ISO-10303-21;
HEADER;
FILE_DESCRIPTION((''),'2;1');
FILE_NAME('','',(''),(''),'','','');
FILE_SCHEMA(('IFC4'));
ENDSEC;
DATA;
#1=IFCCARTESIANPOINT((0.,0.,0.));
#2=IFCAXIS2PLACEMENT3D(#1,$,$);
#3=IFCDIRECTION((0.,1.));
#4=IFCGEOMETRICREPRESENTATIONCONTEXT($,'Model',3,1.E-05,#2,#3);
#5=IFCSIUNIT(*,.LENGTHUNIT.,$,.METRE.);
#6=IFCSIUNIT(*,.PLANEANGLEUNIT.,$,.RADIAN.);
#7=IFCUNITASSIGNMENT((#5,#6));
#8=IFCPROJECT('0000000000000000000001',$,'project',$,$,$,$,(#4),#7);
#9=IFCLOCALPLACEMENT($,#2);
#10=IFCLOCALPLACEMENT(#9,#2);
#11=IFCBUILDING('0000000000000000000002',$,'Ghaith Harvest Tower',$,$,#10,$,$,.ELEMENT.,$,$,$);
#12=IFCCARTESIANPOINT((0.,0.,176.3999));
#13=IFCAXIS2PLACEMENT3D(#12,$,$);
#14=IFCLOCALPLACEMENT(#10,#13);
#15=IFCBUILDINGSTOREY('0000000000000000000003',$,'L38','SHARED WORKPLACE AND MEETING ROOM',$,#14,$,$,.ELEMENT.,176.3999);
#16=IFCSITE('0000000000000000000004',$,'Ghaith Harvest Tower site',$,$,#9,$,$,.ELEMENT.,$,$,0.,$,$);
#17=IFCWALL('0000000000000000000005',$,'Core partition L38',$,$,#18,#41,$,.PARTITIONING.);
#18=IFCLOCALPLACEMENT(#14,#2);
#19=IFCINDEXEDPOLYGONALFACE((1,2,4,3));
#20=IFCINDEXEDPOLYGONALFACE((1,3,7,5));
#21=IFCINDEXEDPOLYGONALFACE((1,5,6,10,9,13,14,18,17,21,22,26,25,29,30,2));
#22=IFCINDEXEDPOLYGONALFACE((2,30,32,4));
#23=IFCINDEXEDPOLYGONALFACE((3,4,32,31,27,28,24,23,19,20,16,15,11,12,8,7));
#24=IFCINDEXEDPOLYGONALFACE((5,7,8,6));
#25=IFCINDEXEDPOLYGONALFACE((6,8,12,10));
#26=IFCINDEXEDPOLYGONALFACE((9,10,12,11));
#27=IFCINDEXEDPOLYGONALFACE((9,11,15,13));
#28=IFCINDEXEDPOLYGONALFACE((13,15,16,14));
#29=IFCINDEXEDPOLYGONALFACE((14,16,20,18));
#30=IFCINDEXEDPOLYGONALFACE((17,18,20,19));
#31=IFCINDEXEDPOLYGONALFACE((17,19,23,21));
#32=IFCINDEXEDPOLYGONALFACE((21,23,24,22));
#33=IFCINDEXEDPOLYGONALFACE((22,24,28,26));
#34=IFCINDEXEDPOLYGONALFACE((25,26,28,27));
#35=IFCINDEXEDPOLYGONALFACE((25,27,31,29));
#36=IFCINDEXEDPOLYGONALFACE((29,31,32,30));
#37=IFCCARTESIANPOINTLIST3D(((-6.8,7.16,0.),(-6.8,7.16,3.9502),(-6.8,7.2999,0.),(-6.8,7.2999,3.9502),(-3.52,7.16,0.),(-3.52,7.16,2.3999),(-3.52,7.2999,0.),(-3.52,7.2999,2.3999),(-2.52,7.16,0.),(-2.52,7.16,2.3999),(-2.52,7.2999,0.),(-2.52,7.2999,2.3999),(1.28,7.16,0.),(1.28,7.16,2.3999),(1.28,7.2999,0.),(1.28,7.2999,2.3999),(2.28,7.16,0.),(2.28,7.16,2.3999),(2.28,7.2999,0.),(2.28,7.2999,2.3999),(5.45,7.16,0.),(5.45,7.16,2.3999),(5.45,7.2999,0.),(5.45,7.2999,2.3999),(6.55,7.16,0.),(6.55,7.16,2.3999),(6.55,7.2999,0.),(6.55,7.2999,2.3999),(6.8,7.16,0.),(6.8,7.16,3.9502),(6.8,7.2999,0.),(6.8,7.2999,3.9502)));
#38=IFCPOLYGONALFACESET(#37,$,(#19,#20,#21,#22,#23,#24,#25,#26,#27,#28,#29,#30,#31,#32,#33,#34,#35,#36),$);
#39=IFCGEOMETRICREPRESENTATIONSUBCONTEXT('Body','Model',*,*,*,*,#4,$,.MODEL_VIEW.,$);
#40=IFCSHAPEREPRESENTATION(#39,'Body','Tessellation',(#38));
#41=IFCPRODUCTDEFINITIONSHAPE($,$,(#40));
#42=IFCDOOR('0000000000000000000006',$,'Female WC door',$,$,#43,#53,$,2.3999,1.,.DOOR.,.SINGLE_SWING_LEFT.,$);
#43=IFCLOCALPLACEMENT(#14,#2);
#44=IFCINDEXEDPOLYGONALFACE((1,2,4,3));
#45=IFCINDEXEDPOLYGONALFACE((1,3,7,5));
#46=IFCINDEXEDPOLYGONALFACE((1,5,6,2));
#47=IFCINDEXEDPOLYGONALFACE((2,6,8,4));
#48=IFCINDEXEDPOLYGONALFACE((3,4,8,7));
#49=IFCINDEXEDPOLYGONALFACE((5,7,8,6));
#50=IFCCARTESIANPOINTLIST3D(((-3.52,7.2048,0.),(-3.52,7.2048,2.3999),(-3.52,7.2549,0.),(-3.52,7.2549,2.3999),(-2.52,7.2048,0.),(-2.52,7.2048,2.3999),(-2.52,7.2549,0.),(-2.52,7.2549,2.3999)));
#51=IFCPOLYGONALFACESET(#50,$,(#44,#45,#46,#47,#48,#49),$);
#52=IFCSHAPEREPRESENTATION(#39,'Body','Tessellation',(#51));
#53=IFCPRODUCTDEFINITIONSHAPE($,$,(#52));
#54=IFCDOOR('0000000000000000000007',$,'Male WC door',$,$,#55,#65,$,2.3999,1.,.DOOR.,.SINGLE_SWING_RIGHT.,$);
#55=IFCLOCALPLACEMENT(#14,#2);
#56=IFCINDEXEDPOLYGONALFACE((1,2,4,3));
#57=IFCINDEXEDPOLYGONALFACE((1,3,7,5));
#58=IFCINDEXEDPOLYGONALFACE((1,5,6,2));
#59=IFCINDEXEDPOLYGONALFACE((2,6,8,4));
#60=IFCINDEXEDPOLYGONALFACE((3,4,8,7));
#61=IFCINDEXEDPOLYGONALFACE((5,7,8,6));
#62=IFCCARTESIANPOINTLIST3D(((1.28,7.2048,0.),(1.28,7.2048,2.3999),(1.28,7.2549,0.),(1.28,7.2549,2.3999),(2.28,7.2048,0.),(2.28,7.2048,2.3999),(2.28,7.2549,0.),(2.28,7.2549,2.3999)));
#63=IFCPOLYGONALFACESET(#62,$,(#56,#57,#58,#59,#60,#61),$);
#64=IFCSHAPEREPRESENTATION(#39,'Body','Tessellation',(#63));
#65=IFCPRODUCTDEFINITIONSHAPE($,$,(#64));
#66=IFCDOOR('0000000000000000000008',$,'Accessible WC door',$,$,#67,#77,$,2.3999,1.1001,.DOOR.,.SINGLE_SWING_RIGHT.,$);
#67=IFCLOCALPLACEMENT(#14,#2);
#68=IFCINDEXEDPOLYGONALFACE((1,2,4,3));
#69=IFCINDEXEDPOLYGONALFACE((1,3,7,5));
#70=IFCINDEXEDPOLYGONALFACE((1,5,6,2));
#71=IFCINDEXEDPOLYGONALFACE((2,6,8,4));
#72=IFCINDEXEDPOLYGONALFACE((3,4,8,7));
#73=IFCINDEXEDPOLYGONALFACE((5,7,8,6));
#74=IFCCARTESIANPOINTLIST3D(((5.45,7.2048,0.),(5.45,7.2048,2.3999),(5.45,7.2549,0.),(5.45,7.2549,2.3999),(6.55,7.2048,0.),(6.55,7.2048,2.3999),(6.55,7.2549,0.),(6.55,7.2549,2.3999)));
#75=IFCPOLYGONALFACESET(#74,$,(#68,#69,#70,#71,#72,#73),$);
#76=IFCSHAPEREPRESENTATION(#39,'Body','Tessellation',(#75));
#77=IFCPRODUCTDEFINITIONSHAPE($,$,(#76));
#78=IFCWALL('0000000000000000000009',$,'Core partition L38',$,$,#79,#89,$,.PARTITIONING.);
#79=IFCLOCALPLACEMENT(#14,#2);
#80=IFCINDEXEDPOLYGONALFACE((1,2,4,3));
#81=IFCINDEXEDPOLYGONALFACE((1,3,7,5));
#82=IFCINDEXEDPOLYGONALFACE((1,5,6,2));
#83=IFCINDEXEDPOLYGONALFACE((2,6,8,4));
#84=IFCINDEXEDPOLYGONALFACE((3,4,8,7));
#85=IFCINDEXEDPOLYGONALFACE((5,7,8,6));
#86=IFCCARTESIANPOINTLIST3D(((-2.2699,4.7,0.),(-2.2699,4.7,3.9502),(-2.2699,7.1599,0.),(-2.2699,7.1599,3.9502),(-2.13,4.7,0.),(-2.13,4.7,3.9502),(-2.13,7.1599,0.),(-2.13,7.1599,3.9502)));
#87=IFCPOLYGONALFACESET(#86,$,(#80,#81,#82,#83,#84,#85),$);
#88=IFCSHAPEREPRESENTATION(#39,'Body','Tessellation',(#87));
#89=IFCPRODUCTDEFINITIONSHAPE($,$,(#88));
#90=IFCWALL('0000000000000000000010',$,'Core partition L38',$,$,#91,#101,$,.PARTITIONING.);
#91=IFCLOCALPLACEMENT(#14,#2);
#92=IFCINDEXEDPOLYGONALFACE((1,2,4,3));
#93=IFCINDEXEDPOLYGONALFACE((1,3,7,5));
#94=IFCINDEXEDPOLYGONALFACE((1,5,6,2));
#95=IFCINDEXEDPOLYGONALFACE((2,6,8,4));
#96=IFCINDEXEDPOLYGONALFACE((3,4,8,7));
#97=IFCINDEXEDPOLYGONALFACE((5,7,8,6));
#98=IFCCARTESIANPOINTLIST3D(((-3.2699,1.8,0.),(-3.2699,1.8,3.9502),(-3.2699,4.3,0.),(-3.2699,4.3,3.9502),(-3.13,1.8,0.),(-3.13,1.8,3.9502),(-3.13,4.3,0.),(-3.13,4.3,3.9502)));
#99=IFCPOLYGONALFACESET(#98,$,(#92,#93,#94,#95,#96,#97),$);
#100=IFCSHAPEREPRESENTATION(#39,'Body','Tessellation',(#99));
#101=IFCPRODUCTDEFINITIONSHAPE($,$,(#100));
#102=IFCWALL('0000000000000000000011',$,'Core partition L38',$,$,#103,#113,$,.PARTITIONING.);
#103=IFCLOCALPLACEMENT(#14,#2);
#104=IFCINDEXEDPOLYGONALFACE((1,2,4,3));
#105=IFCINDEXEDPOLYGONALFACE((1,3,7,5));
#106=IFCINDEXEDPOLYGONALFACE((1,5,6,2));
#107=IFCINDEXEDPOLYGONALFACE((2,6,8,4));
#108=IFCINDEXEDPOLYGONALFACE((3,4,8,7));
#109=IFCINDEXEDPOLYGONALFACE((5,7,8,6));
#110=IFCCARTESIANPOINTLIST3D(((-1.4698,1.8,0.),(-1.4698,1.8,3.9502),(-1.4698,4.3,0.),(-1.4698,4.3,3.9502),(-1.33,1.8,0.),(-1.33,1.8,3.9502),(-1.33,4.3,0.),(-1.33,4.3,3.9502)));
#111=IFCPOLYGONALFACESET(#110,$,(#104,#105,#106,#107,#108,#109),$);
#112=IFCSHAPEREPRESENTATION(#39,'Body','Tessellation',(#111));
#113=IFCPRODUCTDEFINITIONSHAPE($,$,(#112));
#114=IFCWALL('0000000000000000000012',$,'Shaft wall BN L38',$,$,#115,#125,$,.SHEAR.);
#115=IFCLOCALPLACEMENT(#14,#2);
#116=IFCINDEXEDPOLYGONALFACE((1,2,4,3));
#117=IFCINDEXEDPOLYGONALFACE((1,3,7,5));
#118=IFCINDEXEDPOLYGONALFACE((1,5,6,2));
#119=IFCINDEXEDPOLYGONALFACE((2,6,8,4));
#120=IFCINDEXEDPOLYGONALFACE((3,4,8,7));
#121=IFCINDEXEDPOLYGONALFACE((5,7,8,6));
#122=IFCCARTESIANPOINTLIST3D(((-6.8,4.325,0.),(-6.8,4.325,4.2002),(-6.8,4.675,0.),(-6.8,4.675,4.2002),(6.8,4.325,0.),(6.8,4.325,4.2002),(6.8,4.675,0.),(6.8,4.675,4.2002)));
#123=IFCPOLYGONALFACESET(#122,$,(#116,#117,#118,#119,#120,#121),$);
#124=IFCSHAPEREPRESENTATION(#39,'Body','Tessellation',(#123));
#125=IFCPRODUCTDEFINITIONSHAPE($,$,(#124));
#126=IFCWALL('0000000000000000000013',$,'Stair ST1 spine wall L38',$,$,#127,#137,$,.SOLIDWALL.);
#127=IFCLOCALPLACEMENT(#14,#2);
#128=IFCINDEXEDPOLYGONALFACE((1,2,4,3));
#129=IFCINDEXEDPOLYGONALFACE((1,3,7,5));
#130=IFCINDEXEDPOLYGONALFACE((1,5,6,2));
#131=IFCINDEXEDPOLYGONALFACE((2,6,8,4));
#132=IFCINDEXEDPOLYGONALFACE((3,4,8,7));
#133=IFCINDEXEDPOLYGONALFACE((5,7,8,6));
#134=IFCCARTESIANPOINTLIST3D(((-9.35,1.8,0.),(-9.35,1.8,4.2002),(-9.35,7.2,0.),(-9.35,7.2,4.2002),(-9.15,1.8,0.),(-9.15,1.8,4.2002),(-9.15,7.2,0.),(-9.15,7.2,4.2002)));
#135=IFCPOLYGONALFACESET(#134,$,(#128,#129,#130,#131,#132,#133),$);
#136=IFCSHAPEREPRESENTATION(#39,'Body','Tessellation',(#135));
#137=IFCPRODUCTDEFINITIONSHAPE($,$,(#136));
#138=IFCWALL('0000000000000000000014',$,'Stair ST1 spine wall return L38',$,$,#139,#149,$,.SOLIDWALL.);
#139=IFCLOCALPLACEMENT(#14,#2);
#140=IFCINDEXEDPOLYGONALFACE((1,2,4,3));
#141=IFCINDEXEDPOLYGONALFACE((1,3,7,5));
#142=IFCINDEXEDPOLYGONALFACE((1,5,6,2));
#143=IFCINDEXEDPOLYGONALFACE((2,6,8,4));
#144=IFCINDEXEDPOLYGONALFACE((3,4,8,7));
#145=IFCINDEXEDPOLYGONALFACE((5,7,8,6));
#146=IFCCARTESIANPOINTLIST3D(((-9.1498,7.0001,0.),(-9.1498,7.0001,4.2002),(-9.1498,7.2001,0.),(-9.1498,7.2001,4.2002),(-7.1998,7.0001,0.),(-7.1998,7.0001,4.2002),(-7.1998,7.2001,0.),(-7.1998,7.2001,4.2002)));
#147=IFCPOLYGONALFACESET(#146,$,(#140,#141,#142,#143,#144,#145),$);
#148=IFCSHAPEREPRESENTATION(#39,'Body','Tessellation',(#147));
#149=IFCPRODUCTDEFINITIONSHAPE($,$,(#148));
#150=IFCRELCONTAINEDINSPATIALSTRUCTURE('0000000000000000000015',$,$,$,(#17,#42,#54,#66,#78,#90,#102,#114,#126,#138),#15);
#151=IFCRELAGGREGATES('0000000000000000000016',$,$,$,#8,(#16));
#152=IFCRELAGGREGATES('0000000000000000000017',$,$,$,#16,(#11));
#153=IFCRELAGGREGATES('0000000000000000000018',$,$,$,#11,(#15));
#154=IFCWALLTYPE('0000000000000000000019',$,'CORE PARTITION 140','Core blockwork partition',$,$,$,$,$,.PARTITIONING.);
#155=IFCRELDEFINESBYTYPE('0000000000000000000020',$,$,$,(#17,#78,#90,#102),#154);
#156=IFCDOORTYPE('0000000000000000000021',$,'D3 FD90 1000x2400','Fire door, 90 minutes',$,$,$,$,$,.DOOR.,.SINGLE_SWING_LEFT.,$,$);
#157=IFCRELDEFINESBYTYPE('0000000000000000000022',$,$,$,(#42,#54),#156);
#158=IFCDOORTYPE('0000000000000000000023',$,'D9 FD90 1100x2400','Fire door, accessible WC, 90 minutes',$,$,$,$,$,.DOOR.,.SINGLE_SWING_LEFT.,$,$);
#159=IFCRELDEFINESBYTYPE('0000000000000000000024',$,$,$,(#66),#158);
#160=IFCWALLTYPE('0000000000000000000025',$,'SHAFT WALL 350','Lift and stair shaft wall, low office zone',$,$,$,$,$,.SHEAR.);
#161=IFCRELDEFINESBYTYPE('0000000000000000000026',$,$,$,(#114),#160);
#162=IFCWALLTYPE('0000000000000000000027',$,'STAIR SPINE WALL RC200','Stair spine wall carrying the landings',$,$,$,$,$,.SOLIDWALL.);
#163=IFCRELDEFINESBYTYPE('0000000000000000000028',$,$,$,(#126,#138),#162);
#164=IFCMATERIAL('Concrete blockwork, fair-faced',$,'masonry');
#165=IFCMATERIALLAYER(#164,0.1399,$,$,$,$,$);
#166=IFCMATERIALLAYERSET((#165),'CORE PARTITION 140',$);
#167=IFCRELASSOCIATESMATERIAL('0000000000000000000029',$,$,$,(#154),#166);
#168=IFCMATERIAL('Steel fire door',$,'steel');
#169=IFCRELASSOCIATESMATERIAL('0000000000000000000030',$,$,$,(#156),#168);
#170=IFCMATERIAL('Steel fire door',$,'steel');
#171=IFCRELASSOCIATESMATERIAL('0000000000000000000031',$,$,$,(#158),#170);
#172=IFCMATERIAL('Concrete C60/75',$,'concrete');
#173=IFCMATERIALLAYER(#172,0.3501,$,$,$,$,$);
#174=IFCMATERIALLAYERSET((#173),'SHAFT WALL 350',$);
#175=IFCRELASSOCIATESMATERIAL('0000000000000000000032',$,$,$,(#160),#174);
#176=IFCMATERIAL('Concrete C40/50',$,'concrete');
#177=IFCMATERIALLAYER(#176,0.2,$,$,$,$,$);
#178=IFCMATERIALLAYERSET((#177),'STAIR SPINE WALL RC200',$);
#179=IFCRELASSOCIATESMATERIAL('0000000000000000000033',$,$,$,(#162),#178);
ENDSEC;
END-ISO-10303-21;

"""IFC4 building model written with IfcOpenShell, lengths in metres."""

from ifc_helpers import new_model, si_unit, direction, frame, frame_2d, origin, place, context, subcontext, project, spatial, rectangle, extrude, material, layer, layer_set, type_object, element, fill, save


model = new_model("IFC4")

# Units and contexts
model_context = context("Model", 3, precision=1e-05, world=origin(), true_north=direction((0.0, 1.0)))
body_context = subcontext(model_context, "Body", "Model", "MODEL_VIEW")
ifc_project = project(units=[si_unit("LENGTHUNIT", "METRE"), si_unit("PLANEANGLEUNIT", "RADIAN")], contexts=[model_context])

# Site, building, storey
site_placement = place(None, origin())
site = spatial("IfcSite", under=ifc_project, at=site_placement, Name="Ghaith Harvest Tower site", CompositionType="ELEMENT", RefElevation=0.0)
building_placement = place(site_placement, origin())
building = spatial("IfcBuilding", under=site, at=building_placement, Name="Ghaith Harvest Tower", CompositionType="ELEMENT")
storey_placement = place(building_placement, frame((0.0, 0.0, 176.3999)))
storey = spatial("IfcBuildingStorey", under=building, at=storey_placement, Name="L38", Description="SHARED WORKPLACE AND MEETING ROOM", CompositionType="ELEMENT", Elevation=176.3999)

# Wall, openings, doors
ifc_material_1 = material(Name="Concrete blockwork, fair-faced", Category="masonry")
ifc_layer_1 = layer(ifc_material_1, 0.1399)
ifc_layer_set_1 = layer_set([ifc_layer_1], Name="CORE PARTITION 140")
wall_type_1 = type_object("IfcWallType", Name="CORE PARTITION 140", Description="Core blockwork partition", PredefinedType="PARTITIONING", material=ifc_layer_set_1)
wall_1_placement = place(storey_placement, frame((-6.8, 7.23, 0.0), z_axis=(0.0, 0.0, 1.0), x_axis=(1.0, 0.0, 0.0)))
wall_1 = element("IfcWall", 1, at=wall_1_placement, inside=storey, type_object=wall_type_1, Name="Core partition L38", PredefinedType="PARTITIONING", context=body_context, shape_type="SweptSolid", body=[
    extrude(rectangle(XDim=13.6001, YDim=0.1399, at=frame_2d((6.8, 0.0))), origin(), (0.0, 0.0, 1.0), 3.9502),
])
opening_1_placement = place(wall_1_placement, frame((3.28, 0.0, 0.0)))
opening_1 = element("IfcOpeningElement", 2, at=opening_1_placement, cuts=wall_1, PredefinedType="OPENING", context=body_context, shape_type="SweptSolid", body=[
    extrude(rectangle(XDim=1.0, YDim=2.3999, at=frame_2d((0.5, 1.2))), frame((0.0, 0.0801, 0.0), z_axis=(0.0, -1.0, 0.0), x_axis=(1.0, 0.0, 0.0)), (0.0, 0.0, 1.0), 0.1599),
])
opening_2_placement = place(wall_1_placement, frame((8.0801, 0.0, 0.0)))
opening_2 = element("IfcOpeningElement", 3, at=opening_2_placement, cuts=wall_1, PredefinedType="OPENING", context=body_context, shape_type="SweptSolid", body=[
    extrude(rectangle(XDim=1.0, YDim=2.3999, at=frame_2d((0.5, 1.2))), frame((0.0, 0.0801, 0.0), z_axis=(0.0, -1.0, 0.0), x_axis=(1.0, 0.0, 0.0)), (0.0, 0.0, 1.0), 0.1599),
])
opening_3_placement = place(wall_1_placement, frame((12.25, 0.0, 0.0)))
opening_3 = element("IfcOpeningElement", 4, at=opening_3_placement, cuts=wall_1, PredefinedType="OPENING", context=body_context, shape_type="SweptSolid", body=[
    extrude(rectangle(XDim=1.1001, YDim=2.3999, at=frame_2d((0.55, 1.2))), frame((0.0, 0.0801, 0.0), z_axis=(0.0, -1.0, 0.0), x_axis=(1.0, 0.0, 0.0)), (0.0, 0.0, 1.0), 0.1599),
])
ifc_material_2 = material(Name="Steel fire door", Category="steel")
door_type_1 = type_object("IfcDoorType", Name="D3 FD90 1000x2400", Description="Fire door, 90 minutes", OperationType="SINGLE_SWING_LEFT", PredefinedType="DOOR", material=ifc_material_2)
door_1_placement = place(opening_1_placement, origin())
door_1 = element("IfcDoor", 5, at=door_1_placement, inside=storey, type_object=door_type_1, Name="Female WC door", OperationType="SINGLE_SWING_LEFT", OverallHeight=2.3999, OverallWidth=1.0, PredefinedType="DOOR", context=body_context, shape_type="SweptSolid", body=[
    extrude(rectangle(XDim=1.0, YDim=2.3999, at=frame_2d((0.5, 1.2))), frame((0.0, 0.0249, 0.0), z_axis=(0.0, -1.0, 0.0), x_axis=(1.0, 0.0, 0.0)), (0.0, 0.0, 1.0), 0.05),
])
fill(opening_1, door_1)
door_2_placement = place(opening_2_placement, origin())
door_2 = element("IfcDoor", 6, at=door_2_placement, inside=storey, type_object=door_type_1, Name="Male WC door", OperationType="SINGLE_SWING_RIGHT", OverallHeight=2.3999, OverallWidth=1.0, PredefinedType="DOOR", context=body_context, shape_type="SweptSolid", body=[
    extrude(rectangle(XDim=1.0, YDim=2.3999, at=frame_2d((0.5, 1.2))), frame((0.0, 0.0249, 0.0), z_axis=(0.0, -1.0, 0.0), x_axis=(1.0, 0.0, 0.0)), (0.0, 0.0, 1.0), 0.05),
])
fill(opening_2, door_2)
ifc_material_3 = material(Name="Steel fire door", Category="steel")
door_type_2 = type_object("IfcDoorType", Name="D9 FD90 1100x2400", Description="Fire door, accessible WC, 90 minutes", OperationType="SINGLE_SWING_LEFT", PredefinedType="DOOR", material=ifc_material_3)
door_3_placement = place(opening_3_placement, origin())
door_3 = element("IfcDoor", 7, at=door_3_placement, inside=storey, type_object=door_type_2, Name="Accessible WC door", OperationType="SINGLE_SWING_RIGHT", OverallHeight=2.3999, OverallWidth=1.1001, PredefinedType="DOOR", context=body_context, shape_type="SweptSolid", body=[
    extrude(rectangle(XDim=1.1001, YDim=2.3999, at=frame_2d((0.55, 1.2))), frame((0.0, 0.0249, 0.0), z_axis=(0.0, -1.0, 0.0), x_axis=(1.0, 0.0, 0.0)), (0.0, 0.0, 1.0), 0.05),
])
fill(opening_3, door_3)

# Walls
wall_2_placement = place(storey_placement, frame((-2.2, 4.7, 0.0), z_axis=(0.0, 0.0, 1.0), x_axis=(0.0, 1.0, 0.0)))
element("IfcWall", 8, at=wall_2_placement, inside=storey, type_object=wall_type_1, Name="Core partition L38", PredefinedType="PARTITIONING", context=body_context, shape_type="SweptSolid", body=[
    extrude(rectangle(XDim=2.46, YDim=0.1399, at=frame_2d((1.23, 0.0))), origin(), (0.0, 0.0, 1.0), 3.9502),
])
for number, where, z_axis, x_axis, name in (
    (9, (-3.2, 1.8, 0.0), (0.0, 0.0, 1.0), (0.0, 1.0, 0.0), "Core partition L38"),
    (10, (-1.3999, 1.8, 0.0), (0.0, 0.0, 1.0), (0.0, 1.0, 0.0), "Core partition L38"),
):
    element("IfcWall", number, at=place(storey_placement, frame(where, z_axis=z_axis, x_axis=x_axis)), inside=storey, type_object=wall_type_1, Name=name, PredefinedType="PARTITIONING", context=body_context, shape_type="SweptSolid", body=[
        extrude(rectangle(XDim=2.5, YDim=0.1399, at=frame_2d((1.25, 0.0))), origin(), (0.0, 0.0, 1.0), 3.9502),
    ])

# Shared definitions
ifc_material_4 = material(Name="Concrete C60/75", Category="concrete")
ifc_layer_2 = layer(ifc_material_4, 0.3501)
ifc_layer_set_2 = layer_set([ifc_layer_2], Name="SHAFT WALL 350")
wall_type_2 = type_object("IfcWallType", Name="SHAFT WALL 350", Description="Lift and stair shaft wall, low office zone", PredefinedType="SHEAR", material=ifc_layer_set_2)

# Walls
wall_3_placement = place(storey_placement, frame((-6.8, 4.5, 0.0), z_axis=(0.0, 0.0, 1.0), x_axis=(1.0, 0.0, 0.0)))
element("IfcWall", 11, at=wall_3_placement, inside=storey, type_object=wall_type_2, Name="Shaft wall BN L38", PredefinedType="SHEAR", context=body_context, shape_type="SweptSolid", body=[
    extrude(rectangle(XDim=13.6001, YDim=0.3501, at=frame_2d((6.8, 0.0))), origin(), (0.0, 0.0, 1.0), 4.2002),
])
ifc_material_5 = material(Name="Concrete C40/50", Category="concrete")
ifc_layer_3 = layer(ifc_material_5, 0.2)
ifc_layer_set_3 = layer_set([ifc_layer_3], Name="STAIR SPINE WALL RC200")
wall_type_3 = type_object("IfcWallType", Name="STAIR SPINE WALL RC200", Description="Stair spine wall carrying the landings", PredefinedType="SOLIDWALL", material=ifc_layer_set_3)
wall_4_placement = place(storey_placement, frame((-9.25, 7.2, 0.0), z_axis=(0.0, 0.0, 1.0), x_axis=(0.0, -1.0, 0.0)))
element("IfcWall", 12, at=wall_4_placement, inside=storey, type_object=wall_type_3, Name="Stair ST1 spine wall L38", PredefinedType="SOLIDWALL", context=body_context, shape_type="SweptSolid", body=[
    extrude(rectangle(XDim=5.3999, YDim=0.2, at=frame_2d((2.7, 0.0))), origin(), (0.0, 0.0, 1.0), 4.2002),
])
wall_5_placement = place(storey_placement, frame((-9.1499, 7.1001, 0.0), z_axis=(0.0, 0.0, 1.0), x_axis=(1.0, 0.0, 0.0)))
element("IfcWall", 13, at=wall_5_placement, inside=storey, type_object=wall_type_3, Name="Stair ST1 spine wall return L38", PredefinedType="SOLIDWALL", context=body_context, shape_type="SweptSolid", body=[
    extrude(rectangle(XDim=1.95, YDim=0.2, at=frame_2d((0.9751, 0.0))), origin(), (0.0, 0.0, 1.0), 4.2002),
])

save(model, "model.ifc")
